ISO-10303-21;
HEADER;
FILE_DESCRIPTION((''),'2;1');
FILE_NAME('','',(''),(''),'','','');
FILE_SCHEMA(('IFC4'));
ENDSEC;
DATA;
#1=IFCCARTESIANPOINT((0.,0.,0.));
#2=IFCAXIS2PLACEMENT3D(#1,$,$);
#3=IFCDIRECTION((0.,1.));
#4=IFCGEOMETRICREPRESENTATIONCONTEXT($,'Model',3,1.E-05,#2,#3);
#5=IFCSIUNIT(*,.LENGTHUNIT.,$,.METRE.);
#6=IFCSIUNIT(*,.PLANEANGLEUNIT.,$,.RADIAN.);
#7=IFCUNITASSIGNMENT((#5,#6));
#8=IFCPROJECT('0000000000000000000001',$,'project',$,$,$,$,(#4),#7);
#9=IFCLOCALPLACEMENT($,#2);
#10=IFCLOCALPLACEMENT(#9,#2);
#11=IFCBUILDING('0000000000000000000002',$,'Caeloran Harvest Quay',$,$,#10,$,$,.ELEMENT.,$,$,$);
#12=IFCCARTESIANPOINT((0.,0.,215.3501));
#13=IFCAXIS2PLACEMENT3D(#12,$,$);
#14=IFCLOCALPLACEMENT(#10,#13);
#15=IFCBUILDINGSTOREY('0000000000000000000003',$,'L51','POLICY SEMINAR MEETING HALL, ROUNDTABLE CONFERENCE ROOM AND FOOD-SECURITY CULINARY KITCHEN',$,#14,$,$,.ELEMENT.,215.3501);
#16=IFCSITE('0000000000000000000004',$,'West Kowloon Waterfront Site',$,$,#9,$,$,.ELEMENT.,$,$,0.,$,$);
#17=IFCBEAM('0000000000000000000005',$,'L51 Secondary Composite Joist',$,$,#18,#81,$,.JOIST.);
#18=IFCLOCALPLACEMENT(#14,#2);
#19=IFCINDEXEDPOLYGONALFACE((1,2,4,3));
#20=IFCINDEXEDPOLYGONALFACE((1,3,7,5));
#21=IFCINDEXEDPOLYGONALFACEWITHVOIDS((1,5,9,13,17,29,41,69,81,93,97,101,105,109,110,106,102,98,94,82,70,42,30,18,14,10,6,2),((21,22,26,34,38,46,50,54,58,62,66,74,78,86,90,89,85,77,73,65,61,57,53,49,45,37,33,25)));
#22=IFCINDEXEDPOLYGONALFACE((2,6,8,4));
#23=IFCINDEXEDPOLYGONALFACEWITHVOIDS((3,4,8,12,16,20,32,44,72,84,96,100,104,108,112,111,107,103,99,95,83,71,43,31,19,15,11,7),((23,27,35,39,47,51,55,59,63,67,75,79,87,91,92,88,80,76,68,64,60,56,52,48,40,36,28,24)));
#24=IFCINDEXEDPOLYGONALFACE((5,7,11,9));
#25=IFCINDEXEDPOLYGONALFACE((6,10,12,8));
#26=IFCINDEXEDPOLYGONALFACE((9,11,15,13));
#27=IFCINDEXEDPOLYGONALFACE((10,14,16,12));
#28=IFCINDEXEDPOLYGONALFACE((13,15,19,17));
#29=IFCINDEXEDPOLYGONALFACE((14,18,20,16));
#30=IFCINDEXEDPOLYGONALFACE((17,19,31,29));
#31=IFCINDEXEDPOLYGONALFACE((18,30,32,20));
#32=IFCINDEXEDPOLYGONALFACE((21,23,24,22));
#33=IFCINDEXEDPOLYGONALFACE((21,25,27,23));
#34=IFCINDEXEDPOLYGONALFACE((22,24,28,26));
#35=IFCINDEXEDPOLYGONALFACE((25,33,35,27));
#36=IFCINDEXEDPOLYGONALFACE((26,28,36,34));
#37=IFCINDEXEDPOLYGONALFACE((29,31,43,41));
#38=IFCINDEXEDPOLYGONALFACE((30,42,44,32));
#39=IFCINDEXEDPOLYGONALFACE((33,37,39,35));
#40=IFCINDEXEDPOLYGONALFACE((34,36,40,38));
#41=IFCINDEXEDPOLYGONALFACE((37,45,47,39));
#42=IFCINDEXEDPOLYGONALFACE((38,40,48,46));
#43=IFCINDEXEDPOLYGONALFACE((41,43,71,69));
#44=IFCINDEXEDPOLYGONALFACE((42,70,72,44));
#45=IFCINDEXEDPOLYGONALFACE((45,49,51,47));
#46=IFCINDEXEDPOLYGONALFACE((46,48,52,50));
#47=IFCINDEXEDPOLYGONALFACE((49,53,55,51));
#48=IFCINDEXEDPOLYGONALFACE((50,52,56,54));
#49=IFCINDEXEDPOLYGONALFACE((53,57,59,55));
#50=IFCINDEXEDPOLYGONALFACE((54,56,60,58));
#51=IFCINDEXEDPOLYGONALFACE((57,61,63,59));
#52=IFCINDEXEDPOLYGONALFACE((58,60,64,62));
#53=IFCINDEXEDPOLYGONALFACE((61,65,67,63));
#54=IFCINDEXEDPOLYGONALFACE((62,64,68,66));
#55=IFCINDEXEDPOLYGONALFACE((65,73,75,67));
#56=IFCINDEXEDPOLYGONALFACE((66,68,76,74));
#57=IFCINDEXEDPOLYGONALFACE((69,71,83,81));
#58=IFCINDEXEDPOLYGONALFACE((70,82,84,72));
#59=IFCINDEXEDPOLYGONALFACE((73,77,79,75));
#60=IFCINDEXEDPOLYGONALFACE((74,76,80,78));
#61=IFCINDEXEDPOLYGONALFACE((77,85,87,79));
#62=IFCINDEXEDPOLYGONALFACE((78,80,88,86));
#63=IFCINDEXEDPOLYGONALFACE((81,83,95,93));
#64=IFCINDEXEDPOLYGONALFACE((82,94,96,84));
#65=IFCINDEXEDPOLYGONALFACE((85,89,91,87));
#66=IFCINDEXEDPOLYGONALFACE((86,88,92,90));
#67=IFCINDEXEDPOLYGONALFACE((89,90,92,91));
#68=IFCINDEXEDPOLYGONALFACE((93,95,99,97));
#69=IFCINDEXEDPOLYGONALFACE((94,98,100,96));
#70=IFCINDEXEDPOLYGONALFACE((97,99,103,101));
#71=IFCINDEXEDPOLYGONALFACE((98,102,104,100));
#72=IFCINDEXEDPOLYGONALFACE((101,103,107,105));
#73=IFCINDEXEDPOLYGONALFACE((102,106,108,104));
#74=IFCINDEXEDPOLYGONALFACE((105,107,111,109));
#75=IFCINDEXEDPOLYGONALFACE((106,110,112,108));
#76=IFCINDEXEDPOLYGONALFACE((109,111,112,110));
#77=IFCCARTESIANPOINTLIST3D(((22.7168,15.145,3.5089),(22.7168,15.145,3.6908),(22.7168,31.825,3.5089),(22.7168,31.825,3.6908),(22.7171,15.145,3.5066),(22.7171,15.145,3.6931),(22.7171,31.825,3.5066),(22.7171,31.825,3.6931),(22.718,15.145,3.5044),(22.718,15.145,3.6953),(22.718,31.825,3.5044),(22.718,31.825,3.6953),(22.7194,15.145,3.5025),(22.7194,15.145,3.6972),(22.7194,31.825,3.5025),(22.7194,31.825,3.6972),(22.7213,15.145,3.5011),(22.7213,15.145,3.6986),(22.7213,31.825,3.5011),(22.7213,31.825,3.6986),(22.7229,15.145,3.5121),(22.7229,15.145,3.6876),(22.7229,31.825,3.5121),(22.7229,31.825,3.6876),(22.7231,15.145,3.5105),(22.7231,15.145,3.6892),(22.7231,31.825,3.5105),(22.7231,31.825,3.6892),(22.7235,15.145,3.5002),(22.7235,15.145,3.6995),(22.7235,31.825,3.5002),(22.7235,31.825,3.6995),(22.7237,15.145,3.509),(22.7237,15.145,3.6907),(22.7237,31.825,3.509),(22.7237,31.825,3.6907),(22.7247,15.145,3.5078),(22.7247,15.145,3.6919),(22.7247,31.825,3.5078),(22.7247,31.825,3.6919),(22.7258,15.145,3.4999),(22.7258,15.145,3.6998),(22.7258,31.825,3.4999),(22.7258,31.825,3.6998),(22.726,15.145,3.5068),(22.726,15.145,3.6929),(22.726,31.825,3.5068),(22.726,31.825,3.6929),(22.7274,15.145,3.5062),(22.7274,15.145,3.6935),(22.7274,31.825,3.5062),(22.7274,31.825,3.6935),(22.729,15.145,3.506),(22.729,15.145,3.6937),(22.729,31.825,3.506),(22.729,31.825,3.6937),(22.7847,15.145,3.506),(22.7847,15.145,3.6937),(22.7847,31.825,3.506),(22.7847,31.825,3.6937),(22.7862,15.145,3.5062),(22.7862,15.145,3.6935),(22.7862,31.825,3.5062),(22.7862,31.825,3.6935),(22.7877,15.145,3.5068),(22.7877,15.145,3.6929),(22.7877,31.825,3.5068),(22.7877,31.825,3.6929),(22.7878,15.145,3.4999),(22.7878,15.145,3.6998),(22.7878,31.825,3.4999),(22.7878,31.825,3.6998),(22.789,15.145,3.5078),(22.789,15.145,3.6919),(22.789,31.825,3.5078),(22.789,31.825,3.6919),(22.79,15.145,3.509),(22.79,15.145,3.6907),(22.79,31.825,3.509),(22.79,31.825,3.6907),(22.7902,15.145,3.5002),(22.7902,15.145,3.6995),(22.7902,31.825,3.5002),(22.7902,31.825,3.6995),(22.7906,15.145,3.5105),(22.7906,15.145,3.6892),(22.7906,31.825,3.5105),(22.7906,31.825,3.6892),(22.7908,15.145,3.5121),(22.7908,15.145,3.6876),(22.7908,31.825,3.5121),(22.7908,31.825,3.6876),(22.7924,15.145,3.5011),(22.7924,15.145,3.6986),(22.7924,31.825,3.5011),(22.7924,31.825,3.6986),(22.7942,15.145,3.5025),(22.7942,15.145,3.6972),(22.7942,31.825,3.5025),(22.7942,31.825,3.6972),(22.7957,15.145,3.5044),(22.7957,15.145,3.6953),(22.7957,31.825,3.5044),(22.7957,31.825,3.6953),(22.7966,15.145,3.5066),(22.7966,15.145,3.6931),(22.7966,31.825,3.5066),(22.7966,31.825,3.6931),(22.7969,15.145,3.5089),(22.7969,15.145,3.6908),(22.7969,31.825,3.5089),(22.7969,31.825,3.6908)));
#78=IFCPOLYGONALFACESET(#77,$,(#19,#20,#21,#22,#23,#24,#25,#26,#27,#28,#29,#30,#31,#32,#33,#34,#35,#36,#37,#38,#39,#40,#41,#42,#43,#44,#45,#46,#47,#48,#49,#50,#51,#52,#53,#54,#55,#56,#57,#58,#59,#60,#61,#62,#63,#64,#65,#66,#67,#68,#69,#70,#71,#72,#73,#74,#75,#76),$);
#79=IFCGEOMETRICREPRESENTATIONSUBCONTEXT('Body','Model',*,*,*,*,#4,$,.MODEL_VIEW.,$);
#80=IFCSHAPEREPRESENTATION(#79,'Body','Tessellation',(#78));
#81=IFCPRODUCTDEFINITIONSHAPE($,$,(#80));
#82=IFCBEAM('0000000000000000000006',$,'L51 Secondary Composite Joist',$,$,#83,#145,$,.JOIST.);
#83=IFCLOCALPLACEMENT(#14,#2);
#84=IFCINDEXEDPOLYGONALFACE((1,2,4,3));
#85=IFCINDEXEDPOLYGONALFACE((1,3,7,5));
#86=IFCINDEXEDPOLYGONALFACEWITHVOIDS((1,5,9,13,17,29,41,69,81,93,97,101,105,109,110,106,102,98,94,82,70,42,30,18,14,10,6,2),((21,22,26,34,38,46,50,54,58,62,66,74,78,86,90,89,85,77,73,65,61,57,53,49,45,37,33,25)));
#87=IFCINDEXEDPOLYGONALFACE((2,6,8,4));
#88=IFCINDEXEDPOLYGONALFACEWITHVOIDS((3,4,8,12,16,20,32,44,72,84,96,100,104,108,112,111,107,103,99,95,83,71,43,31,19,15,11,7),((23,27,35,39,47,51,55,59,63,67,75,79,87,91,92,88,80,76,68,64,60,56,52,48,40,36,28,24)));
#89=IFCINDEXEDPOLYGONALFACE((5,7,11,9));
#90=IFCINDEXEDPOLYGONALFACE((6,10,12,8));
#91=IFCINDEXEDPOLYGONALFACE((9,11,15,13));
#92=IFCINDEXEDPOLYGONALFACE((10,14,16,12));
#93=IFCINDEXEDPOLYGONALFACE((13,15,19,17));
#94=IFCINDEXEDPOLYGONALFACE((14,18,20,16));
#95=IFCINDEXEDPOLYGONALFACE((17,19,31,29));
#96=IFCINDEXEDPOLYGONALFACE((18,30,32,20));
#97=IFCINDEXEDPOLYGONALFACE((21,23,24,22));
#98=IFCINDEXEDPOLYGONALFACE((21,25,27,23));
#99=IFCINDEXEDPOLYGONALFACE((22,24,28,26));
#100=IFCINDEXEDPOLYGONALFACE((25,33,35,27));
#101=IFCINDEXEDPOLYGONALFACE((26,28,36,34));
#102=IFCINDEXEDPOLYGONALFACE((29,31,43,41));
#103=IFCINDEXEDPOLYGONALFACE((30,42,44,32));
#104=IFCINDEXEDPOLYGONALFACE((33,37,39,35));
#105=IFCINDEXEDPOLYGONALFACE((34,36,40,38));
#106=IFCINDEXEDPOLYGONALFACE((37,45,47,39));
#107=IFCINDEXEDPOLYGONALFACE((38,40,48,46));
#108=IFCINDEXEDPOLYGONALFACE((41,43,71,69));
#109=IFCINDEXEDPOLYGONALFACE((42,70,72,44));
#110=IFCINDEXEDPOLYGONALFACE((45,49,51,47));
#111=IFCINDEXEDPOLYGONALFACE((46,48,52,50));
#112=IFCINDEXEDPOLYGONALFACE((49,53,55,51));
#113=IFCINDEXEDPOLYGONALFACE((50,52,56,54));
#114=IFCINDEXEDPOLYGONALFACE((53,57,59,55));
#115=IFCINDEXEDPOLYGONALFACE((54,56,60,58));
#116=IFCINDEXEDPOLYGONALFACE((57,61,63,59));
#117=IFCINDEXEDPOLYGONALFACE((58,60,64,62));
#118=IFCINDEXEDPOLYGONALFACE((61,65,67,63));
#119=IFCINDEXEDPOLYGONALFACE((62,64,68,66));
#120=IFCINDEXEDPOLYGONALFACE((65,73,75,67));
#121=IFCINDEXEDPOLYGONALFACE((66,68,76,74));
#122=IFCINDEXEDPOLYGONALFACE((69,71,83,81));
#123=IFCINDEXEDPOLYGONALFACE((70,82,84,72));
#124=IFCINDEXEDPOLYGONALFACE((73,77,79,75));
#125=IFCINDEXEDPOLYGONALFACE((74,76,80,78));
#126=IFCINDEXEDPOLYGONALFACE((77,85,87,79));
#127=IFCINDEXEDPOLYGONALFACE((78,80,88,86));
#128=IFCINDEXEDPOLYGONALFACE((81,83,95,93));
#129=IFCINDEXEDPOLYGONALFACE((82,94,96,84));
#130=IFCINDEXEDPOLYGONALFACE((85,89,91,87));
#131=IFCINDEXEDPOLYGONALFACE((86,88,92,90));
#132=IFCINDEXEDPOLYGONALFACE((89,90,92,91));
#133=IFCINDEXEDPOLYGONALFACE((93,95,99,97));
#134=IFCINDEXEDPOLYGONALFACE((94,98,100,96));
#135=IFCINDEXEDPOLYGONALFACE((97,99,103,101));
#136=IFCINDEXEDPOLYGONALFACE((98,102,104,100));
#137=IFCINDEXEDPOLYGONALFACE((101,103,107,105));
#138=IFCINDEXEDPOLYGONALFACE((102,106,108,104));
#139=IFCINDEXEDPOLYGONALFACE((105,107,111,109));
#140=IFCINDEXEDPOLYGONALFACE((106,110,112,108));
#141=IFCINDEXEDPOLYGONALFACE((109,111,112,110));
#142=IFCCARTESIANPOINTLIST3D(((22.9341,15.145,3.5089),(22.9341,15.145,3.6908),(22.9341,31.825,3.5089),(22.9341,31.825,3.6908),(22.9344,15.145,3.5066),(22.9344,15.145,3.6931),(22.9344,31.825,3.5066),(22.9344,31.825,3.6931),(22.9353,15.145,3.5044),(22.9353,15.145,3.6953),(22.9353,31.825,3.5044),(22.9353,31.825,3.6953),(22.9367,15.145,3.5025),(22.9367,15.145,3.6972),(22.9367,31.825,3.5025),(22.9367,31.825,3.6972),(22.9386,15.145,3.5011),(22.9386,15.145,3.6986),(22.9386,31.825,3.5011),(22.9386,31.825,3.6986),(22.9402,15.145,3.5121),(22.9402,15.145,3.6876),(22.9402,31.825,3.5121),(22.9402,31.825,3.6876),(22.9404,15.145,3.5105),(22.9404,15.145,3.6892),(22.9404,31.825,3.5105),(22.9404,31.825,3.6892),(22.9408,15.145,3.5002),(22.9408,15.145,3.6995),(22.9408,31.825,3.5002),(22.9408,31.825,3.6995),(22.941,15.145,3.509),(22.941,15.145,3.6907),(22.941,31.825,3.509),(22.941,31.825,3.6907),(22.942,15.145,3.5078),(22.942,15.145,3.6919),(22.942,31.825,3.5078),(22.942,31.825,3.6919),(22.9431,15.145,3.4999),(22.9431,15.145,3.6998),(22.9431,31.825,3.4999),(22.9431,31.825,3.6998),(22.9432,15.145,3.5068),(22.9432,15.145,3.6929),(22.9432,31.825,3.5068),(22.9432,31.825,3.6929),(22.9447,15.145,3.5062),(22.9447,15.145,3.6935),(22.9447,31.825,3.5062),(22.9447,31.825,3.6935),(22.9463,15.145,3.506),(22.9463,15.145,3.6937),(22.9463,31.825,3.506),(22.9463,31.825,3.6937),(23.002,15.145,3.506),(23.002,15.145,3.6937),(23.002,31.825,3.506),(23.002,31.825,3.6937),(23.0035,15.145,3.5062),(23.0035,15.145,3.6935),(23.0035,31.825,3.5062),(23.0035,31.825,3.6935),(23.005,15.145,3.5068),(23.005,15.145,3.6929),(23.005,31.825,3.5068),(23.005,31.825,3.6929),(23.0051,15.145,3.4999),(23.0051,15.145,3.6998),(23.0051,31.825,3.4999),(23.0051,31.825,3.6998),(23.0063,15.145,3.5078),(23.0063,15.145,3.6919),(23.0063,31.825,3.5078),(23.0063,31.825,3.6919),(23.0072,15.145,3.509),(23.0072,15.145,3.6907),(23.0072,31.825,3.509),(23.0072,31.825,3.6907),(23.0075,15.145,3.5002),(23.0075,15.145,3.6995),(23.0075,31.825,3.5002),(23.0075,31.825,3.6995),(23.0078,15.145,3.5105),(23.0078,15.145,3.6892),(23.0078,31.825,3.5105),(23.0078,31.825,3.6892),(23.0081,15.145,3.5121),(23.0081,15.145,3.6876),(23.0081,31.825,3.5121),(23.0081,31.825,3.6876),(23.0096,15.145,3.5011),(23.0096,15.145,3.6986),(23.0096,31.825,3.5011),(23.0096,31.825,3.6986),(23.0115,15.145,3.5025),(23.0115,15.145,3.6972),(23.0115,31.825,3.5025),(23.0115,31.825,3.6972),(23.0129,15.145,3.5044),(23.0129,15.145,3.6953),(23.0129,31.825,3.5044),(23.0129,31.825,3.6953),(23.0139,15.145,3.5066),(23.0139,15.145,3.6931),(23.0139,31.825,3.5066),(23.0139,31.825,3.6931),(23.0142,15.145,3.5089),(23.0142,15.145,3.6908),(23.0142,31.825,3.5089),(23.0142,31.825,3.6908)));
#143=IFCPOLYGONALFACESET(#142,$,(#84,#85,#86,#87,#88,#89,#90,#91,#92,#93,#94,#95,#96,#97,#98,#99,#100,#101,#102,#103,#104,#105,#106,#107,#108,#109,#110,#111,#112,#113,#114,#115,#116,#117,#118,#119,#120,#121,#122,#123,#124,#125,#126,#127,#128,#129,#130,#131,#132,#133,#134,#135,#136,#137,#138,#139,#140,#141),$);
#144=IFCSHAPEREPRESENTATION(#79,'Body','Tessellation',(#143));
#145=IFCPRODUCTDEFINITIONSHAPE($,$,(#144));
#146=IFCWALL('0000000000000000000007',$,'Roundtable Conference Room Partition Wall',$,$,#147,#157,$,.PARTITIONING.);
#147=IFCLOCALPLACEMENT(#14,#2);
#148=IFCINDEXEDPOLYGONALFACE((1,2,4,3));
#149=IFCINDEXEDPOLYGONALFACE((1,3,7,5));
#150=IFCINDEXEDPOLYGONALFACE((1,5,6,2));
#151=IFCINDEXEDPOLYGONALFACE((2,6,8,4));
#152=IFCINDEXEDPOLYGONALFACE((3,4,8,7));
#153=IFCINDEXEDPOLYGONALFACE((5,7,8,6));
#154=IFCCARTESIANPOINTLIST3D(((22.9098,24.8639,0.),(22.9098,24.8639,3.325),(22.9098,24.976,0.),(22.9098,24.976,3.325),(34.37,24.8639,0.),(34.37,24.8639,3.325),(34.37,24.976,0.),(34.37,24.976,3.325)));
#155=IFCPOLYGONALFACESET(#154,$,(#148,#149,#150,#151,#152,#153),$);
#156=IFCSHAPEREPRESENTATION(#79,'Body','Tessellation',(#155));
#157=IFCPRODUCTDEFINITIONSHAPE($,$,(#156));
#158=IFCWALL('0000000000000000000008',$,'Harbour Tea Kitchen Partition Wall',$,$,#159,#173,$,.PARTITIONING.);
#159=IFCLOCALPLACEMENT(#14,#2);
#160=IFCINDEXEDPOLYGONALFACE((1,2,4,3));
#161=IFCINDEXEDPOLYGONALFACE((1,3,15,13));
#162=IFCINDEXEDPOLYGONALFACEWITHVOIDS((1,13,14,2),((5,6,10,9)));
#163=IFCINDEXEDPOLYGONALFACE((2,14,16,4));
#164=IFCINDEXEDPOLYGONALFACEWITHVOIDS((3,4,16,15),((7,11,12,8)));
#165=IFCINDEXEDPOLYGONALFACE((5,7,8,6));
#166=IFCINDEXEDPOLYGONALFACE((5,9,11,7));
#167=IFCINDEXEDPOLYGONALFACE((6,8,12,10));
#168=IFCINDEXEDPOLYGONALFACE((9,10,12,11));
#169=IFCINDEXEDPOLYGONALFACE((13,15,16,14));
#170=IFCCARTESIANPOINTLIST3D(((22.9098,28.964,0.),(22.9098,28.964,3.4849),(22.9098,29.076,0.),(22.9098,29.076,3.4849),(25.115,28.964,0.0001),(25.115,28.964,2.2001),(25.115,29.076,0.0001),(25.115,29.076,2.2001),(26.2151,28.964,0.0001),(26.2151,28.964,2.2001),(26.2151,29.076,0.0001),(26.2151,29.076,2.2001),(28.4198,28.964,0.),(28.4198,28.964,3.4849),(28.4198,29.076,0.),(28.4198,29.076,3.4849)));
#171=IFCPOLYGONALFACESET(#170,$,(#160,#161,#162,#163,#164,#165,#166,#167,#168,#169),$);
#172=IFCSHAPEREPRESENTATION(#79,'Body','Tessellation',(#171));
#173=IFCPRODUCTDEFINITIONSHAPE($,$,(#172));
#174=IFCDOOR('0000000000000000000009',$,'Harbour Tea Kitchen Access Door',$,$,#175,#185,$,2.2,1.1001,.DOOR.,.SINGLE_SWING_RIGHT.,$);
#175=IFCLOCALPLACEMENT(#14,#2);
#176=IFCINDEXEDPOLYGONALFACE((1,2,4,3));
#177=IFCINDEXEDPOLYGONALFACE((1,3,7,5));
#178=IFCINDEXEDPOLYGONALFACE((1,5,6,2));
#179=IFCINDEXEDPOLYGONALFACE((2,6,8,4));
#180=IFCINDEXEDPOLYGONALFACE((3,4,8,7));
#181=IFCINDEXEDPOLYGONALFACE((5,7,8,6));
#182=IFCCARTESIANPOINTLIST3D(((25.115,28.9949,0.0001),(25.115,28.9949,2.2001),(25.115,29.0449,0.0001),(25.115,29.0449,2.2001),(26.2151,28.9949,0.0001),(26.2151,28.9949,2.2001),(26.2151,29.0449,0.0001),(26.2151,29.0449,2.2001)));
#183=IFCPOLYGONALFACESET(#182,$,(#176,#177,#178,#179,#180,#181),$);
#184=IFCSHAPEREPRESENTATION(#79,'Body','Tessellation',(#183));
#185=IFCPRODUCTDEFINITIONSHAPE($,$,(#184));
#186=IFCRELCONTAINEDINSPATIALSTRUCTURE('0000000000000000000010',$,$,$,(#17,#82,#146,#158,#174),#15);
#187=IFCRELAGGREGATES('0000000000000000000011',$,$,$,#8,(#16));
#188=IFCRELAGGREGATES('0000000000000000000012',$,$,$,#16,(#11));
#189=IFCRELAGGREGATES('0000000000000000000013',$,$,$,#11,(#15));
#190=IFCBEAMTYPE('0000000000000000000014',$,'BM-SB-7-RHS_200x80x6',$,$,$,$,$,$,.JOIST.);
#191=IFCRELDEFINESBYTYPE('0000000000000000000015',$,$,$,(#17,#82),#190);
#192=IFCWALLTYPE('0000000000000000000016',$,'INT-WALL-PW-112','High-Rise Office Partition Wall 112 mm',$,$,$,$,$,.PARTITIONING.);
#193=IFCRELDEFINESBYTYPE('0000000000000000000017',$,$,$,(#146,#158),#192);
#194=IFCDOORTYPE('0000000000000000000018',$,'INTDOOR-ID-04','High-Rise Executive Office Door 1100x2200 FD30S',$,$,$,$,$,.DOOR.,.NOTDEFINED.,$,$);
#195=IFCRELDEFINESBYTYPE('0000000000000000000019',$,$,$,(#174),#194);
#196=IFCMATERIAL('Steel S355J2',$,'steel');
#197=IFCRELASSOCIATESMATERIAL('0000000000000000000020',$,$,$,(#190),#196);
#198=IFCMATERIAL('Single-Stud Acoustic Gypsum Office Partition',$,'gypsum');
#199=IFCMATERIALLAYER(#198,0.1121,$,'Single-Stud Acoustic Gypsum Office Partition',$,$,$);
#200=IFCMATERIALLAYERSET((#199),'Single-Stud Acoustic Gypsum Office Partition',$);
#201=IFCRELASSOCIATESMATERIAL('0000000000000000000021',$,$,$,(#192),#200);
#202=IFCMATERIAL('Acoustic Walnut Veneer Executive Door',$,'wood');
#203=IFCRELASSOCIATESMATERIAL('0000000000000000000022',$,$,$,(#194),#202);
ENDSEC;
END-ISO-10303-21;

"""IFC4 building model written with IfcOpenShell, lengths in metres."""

from ifc_helpers import new_model, si_unit, direction, frame, frame_2d, origin, origin_2d, place, context, subcontext, project, spatial, rectangle, hollow_rectangle, extrude, material, layer, layer_set, material_profile, profile_set, type_object, element, fill, save


model = new_model("IFC4")

# Units and contexts
model_context = context("Model", 3, precision=1e-05, world=origin(), true_north=direction((0.0, 1.0)))
body_context = subcontext(model_context, "Body", "Model", "MODEL_VIEW")
ifc_project = project(units=[si_unit("LENGTHUNIT", "METRE"), si_unit("PLANEANGLEUNIT", "RADIAN")], contexts=[model_context])

# Site, building, storey
site_placement = place(None, origin())
site = spatial("IfcSite", under=ifc_project, at=site_placement, Name="West Kowloon Waterfront Site", CompositionType="ELEMENT", RefElevation=0.0)
building_placement = place(site_placement, origin())
building = spatial("IfcBuilding", under=site, at=building_placement, Name="Caeloran Harvest Quay", CompositionType="ELEMENT")
storey_placement = place(building_placement, frame((0.0, 0.0, 215.3501)))
storey = spatial("IfcBuildingStorey", under=building, at=storey_placement, Name="L51", Description="POLICY SEMINAR MEETING HALL, ROUNDTABLE CONFERENCE ROOM AND FOOD-SECURITY CULINARY KITCHEN", CompositionType="ELEMENT", Elevation=215.3501)

# Beams
ifc_material_1 = material(Name="Steel S355J2", Category="steel")
ifc_material_profile_1 = material_profile(ifc_material_1, hollow_rectangle(XDim=0.0801, YDim=0.2, WallThickness=0.0061, InnerFilletRadius=0.0061, OuterFilletRadius=0.009, at=origin_2d()), Name="RHS 200x80x6")
ifc_profile_set_1 = profile_set([ifc_material_profile_1], Name="Steel S355J2")
beam_type_1 = type_object("IfcBeamType", Name="BM-SB-7-RHS_200x80x6", PredefinedType="JOIST", material=ifc_profile_set_1)
for number, where, z_axis, x_axis, name in (
    (1, (22.7568, 15.145, 3.5999), (0.0, 1.0, 0.0), (-1.0, 0.0, 0.0), "L51 Secondary Composite Joist"),
    (2, (22.9741, 15.145, 3.5999), (0.0, 1.0, 0.0), (-1.0, 0.0, 0.0), "L51 Secondary Composite Joist"),
):
    element("IfcBeam", number, at=place(storey_placement, frame(where, z_axis=z_axis, x_axis=x_axis)), inside=storey, type_object=beam_type_1, Name=name, PredefinedType="JOIST", context=body_context, shape_type="SweptSolid", body=[
        extrude(hollow_rectangle(XDim=0.0801, YDim=0.2, WallThickness=0.0061, InnerFilletRadius=0.0061, OuterFilletRadius=0.009, at=origin_2d()), origin(), (0.0, 0.0, 1.0), 16.6799),
    ])

# Wall
ifc_material_2 = material(Name="Single-Stud Acoustic Gypsum Office Partition", Category="gypsum")
ifc_layer_1 = layer(ifc_material_2, 0.1121, Name="Single-Stud Acoustic Gypsum Office Partition")
ifc_layer_set_1 = layer_set([ifc_layer_1], Name="Single-Stud Acoustic Gypsum Office Partition")
wall_type_1 = type_object("IfcWallType", Name="INT-WALL-PW-112", Description="High-Rise Office Partition Wall 112 mm", PredefinedType="PARTITIONING", material=ifc_layer_set_1)
wall_1_placement = place(storey_placement, frame((22.9099, 24.9199, 0.0), z_axis=(0.0, 0.0, 1.0), x_axis=(1.0, 0.0, 0.0)))
element("IfcWall", 3, at=wall_1_placement, inside=storey, type_object=wall_type_1, Name="Roundtable Conference Room Partition Wall", PredefinedType="PARTITIONING", context=body_context, shape_type="SweptSolid", body=[
    extrude(rectangle(XDim=11.4602, YDim=0.1121, at=frame_2d((5.73, 0.0))), origin(), (0.0, 0.0, 1.0), 3.325),
])

# Wall, opening, door
wall_2_placement = place(storey_placement, frame((22.9099, 29.02, 0.0), z_axis=(0.0, 0.0, 1.0), x_axis=(1.0, 0.0, 0.0)))
wall_2 = element("IfcWall", 4, at=wall_2_placement, inside=storey, type_object=wall_type_1, Name="Harbour Tea Kitchen Partition Wall", PredefinedType="PARTITIONING", context=body_context, shape_type="SweptSolid", body=[
    extrude(rectangle(XDim=5.51, YDim=0.1121, at=frame_2d((2.7549, 0.0))), origin(), (0.0, 0.0, 1.0), 3.4849),
])
opening_placement = place(wall_2_placement, frame((2.2051, 0.0, 0.0)))
opening = element("IfcOpeningElement", 5, at=opening_placement, cuts=wall_2, PredefinedType="OPENING", context=body_context, shape_type="SweptSolid", body=[
    extrude(rectangle(XDim=1.1001, YDim=2.2, at=frame_2d((0.55, 1.1001))), frame((0.0, 0.0659, 0.0), z_axis=(0.0, -1.0, 0.0), x_axis=(1.0, 0.0, 0.0)), (0.0, 0.0, 1.0), 0.1321),
])
ifc_material_3 = material(Name="Acoustic Walnut Veneer Executive Door", Category="wood")
door_type = type_object("IfcDoorType", Name="INTDOOR-ID-04", Description="High-Rise Executive Office Door 1100x2200 FD30S", OperationType="NOTDEFINED", PredefinedType="DOOR", material=ifc_material_3)
door_placement = place(opening_placement, origin())
door = element("IfcDoor", 6, at=door_placement, inside=storey, type_object=door_type, Name="Harbour Tea Kitchen Access Door", OperationType="SINGLE_SWING_RIGHT", OverallHeight=2.2, OverallWidth=1.1001, PredefinedType="DOOR", context=body_context, shape_type="SweptSolid", body=[
    extrude(rectangle(XDim=1.1001, YDim=2.2, at=frame_2d((0.55, 1.1001))), frame((0.0, 0.0249, 0.0), z_axis=(0.0, -1.0, 0.0), x_axis=(1.0, 0.0, 0.0)), (0.0, 0.0, 1.0), 0.05),
])
fill(opening, door)

save(model, "model.ifc")
